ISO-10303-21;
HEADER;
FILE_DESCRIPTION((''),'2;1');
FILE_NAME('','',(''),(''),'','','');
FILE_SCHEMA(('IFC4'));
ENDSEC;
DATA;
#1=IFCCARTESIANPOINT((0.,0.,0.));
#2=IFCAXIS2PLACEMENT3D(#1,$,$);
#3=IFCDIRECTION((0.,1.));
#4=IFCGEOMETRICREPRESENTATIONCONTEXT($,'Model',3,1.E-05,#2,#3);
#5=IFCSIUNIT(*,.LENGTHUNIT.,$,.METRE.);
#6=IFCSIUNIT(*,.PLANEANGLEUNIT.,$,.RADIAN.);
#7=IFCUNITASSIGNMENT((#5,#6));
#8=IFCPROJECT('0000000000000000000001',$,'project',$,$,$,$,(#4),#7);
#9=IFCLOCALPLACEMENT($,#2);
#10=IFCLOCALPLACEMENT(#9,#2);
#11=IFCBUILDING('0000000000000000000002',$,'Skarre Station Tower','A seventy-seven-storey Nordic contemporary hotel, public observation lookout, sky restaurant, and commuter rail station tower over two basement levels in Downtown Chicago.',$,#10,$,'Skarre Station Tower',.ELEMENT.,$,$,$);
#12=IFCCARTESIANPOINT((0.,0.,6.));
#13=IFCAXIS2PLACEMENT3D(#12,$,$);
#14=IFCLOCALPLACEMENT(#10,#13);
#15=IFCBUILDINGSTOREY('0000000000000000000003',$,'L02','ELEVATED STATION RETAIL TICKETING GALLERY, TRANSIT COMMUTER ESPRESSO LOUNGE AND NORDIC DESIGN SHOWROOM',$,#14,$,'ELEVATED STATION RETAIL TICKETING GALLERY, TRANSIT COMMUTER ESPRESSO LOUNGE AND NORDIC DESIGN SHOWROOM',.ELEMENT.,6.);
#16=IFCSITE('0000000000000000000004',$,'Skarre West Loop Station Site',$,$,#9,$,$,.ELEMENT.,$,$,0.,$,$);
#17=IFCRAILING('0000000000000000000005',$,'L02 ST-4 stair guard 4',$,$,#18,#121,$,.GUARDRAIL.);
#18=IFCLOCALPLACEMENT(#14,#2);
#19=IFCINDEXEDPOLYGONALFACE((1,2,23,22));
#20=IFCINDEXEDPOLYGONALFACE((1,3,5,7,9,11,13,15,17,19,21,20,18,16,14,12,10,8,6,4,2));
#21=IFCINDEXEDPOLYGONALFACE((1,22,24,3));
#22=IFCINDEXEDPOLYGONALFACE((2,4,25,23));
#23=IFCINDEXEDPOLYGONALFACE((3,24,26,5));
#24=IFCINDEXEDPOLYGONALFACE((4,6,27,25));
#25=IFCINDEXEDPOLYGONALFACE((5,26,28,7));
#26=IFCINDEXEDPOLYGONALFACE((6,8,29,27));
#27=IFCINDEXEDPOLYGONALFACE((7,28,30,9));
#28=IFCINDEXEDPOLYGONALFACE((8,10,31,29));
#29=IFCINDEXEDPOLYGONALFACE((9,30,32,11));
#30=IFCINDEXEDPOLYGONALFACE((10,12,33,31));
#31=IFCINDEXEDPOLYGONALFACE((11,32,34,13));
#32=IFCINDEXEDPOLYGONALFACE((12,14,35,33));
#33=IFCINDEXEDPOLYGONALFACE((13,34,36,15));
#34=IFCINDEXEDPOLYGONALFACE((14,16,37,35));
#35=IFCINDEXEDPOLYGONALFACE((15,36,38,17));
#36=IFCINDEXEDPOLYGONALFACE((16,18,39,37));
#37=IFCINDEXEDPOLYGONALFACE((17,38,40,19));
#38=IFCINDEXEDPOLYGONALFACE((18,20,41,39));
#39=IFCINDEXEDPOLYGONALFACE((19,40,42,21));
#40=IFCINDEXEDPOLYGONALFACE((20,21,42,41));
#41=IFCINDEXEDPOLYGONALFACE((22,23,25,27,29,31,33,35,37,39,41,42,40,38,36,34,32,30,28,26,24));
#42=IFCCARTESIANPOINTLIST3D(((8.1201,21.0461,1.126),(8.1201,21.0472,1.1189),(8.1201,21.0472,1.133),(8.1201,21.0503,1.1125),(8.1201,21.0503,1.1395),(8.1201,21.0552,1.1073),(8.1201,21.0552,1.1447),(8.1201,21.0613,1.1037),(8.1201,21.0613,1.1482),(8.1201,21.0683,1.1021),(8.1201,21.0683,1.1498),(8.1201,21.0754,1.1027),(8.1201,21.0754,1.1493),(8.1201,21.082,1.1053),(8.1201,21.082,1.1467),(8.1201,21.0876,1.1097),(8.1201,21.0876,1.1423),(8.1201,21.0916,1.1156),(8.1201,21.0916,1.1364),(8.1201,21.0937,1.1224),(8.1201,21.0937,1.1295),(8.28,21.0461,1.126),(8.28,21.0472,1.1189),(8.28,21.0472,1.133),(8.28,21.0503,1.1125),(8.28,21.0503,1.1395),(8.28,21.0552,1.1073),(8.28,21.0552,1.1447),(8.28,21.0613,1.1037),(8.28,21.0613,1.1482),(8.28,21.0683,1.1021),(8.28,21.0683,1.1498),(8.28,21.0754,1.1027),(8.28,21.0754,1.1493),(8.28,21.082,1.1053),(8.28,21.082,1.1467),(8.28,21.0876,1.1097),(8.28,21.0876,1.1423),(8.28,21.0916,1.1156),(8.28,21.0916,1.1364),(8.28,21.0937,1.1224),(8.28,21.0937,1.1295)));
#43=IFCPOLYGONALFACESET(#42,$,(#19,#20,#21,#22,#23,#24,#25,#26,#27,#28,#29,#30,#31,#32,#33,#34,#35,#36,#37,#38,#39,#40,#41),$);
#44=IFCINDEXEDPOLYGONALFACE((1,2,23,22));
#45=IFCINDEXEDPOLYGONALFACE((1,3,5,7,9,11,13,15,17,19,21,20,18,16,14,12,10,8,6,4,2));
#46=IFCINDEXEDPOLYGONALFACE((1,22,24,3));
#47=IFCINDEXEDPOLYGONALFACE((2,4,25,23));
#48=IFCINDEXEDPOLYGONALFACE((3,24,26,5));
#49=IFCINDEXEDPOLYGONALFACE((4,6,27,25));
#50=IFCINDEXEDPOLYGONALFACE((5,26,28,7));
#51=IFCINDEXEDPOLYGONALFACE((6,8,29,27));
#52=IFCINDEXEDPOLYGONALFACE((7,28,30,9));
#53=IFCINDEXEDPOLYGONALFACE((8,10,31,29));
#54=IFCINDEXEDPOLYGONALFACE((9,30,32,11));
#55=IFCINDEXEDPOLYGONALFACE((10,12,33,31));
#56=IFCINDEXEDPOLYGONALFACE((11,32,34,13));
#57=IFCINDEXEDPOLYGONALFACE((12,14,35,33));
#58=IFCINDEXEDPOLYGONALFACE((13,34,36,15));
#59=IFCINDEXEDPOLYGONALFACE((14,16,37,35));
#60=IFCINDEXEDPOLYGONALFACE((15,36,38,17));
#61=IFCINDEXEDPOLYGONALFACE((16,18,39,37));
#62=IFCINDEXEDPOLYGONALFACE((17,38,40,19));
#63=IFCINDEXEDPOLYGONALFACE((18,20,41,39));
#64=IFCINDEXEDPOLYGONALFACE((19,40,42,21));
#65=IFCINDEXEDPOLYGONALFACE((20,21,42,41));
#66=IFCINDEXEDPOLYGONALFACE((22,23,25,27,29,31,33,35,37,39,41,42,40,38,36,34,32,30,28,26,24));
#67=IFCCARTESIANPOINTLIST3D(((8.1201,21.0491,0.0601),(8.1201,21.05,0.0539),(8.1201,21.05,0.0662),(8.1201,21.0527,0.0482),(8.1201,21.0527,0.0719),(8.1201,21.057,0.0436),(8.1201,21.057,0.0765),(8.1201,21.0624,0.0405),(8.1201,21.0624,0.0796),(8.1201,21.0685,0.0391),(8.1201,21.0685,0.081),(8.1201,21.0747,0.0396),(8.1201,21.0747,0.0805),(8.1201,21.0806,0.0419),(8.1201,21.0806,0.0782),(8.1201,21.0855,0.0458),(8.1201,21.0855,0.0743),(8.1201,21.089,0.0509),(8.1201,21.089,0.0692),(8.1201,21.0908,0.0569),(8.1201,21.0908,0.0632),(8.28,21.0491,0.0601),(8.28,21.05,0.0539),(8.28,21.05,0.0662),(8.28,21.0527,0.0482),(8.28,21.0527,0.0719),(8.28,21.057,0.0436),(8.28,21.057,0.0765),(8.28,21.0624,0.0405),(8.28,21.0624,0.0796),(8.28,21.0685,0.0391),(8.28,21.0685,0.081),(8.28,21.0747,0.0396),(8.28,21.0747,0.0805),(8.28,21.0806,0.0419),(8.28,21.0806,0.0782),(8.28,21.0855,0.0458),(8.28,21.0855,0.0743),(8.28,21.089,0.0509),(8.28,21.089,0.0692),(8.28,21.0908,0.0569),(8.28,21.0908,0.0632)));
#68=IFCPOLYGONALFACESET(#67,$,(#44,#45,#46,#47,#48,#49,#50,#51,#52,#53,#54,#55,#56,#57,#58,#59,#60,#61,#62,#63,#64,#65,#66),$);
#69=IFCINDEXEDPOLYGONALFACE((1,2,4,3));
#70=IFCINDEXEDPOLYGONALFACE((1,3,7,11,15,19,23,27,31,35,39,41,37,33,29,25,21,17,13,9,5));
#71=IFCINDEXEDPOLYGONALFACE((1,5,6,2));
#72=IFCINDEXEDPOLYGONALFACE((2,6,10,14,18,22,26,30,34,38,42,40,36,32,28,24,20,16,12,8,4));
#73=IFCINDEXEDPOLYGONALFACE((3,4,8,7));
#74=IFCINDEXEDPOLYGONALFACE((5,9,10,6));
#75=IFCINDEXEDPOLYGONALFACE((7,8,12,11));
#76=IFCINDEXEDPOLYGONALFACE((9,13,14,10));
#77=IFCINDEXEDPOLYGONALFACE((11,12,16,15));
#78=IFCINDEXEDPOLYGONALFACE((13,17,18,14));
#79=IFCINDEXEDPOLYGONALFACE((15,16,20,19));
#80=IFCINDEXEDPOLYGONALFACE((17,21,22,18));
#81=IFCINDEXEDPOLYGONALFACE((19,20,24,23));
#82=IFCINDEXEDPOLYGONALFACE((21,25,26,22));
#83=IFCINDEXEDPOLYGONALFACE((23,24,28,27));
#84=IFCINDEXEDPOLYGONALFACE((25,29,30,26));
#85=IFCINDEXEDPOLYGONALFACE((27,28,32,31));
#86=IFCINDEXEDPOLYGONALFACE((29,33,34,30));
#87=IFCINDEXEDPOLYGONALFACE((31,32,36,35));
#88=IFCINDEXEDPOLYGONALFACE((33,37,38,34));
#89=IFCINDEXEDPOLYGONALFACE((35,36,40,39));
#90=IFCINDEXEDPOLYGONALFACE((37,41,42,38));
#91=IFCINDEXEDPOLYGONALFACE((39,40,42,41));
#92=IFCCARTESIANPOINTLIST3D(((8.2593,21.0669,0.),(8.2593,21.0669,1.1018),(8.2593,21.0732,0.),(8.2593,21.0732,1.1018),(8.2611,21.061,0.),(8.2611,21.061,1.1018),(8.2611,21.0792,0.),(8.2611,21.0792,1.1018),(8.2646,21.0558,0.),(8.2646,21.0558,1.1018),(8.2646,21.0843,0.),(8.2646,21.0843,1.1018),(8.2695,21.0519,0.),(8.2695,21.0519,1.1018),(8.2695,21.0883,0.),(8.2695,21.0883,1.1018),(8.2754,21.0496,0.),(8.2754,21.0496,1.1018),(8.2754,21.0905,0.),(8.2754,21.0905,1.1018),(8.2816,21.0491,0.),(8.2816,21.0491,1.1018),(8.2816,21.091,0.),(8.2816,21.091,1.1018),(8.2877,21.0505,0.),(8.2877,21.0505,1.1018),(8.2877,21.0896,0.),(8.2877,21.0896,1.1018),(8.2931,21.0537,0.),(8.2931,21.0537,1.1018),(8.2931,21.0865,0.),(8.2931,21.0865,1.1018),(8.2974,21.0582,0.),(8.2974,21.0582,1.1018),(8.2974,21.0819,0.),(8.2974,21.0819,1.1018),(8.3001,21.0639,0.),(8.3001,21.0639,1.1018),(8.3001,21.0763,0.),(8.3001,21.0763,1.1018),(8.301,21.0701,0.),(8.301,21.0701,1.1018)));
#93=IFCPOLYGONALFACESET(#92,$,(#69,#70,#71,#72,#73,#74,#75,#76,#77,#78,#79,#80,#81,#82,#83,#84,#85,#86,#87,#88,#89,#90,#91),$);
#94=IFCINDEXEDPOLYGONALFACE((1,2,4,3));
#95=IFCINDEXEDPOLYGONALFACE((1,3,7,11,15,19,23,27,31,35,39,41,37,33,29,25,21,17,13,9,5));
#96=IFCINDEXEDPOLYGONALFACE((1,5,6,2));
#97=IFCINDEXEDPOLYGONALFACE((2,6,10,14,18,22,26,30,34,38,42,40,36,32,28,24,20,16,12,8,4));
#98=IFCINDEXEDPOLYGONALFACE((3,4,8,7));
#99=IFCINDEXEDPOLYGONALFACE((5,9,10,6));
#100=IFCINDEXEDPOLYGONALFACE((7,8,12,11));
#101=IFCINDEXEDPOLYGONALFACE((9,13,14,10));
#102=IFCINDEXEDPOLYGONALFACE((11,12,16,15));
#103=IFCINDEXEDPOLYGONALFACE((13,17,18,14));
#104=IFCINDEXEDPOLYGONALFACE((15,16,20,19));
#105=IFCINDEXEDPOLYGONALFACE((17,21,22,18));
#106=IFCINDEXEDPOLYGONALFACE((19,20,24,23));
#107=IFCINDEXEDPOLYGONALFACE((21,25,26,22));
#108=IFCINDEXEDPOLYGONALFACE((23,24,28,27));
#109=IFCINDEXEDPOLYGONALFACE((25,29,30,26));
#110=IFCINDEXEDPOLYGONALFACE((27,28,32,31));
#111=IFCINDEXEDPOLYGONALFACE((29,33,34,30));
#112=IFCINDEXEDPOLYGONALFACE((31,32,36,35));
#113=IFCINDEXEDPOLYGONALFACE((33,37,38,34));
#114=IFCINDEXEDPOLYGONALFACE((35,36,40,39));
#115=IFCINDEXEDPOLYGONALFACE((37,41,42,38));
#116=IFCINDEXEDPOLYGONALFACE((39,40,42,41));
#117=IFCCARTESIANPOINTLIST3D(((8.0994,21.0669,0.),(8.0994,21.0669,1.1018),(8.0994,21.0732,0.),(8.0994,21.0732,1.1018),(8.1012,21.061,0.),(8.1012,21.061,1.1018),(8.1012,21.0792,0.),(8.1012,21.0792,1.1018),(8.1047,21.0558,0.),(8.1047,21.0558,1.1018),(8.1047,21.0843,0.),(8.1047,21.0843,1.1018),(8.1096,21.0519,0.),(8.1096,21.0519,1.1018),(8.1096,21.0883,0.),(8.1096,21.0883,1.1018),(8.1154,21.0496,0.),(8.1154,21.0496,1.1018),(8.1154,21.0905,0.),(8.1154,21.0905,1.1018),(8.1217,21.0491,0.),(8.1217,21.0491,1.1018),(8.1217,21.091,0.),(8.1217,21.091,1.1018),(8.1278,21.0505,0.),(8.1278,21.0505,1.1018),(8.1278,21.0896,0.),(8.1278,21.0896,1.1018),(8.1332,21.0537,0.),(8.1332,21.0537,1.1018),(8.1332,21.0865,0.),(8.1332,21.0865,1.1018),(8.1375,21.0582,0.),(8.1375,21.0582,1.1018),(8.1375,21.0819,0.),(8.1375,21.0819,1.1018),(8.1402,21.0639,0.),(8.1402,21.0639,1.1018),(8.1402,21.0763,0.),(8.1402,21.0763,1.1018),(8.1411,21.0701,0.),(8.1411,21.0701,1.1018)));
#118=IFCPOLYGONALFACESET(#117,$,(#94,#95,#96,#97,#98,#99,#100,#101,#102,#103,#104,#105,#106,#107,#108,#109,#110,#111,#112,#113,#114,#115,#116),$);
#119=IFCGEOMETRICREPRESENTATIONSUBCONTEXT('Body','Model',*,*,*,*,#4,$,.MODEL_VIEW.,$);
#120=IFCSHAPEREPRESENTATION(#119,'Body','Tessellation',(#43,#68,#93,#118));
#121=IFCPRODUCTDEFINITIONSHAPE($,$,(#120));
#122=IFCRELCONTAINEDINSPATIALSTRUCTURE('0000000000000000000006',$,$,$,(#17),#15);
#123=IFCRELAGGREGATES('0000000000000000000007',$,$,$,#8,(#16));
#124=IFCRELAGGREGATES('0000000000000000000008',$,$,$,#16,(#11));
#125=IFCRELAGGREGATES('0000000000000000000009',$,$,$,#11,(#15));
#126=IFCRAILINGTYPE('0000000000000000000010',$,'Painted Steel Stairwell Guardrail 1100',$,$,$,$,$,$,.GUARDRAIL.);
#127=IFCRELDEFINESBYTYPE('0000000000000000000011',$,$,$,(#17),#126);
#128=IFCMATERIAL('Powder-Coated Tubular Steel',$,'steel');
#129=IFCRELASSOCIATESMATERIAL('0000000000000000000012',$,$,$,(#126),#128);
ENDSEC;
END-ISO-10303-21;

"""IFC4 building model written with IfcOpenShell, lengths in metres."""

from ifc_helpers import new_model, si_unit, direction, frame, origin, origin_2d, place, context, subcontext, project, spatial, circle, extrude, material, type_object, element, save


model = new_model("IFC4")

# Units and contexts
model_context = context("Model", 3, precision=1e-05, world=origin(), true_north=direction((0.0, 1.0)))
body_context = subcontext(model_context, "Body", "Model", "MODEL_VIEW")
ifc_project = project(units=[si_unit("LENGTHUNIT", "METRE"), si_unit("PLANEANGLEUNIT", "RADIAN")], contexts=[model_context])

# Site, building, storey
site_placement = place(None, origin())
site = spatial("IfcSite", under=ifc_project, at=site_placement, Name="Skarre West Loop Station Site", CompositionType="ELEMENT", RefElevation=0.0)
building_placement = place(site_placement, origin())
building = spatial("IfcBuilding", under=site, at=building_placement, Name="Skarre Station Tower", Description="A seventy-seven-storey Nordic contemporary hotel, public observation lookout, sky restaurant, and commuter rail station tower over two basement levels in Downtown Chicago.", LongName="Skarre Station Tower", CompositionType="ELEMENT")
storey_placement = place(building_placement, frame((0.0, 0.0, 6.0)))
storey = spatial("IfcBuildingStorey", under=building, at=storey_placement, Name="L02", Description="ELEVATED STATION RETAIL TICKETING GALLERY, TRANSIT COMMUTER ESPRESSO LOUNGE AND NORDIC DESIGN SHOWROOM", LongName="ELEVATED STATION RETAIL TICKETING GALLERY, TRANSIT COMMUTER ESPRESSO LOUNGE AND NORDIC DESIGN SHOWROOM", CompositionType="ELEMENT", Elevation=6.0)

# Railing
ifc_material_1 = material(Name="Powder-Coated Tubular Steel", Category="steel")
railing_type_1 = type_object("IfcRailingType", Name="Painted Steel Stairwell Guardrail 1100", PredefinedType="GUARDRAIL", material=ifc_material_1)
railing_1_placement = place(storey_placement, frame((8.28, 21.0701, 0.0)))
element("IfcRailing", 1, at=railing_1_placement, inside=storey, type_object=railing_type_1, Name="L02 ST-4 stair guard 4", PredefinedType="GUARDRAIL", context=body_context, shape_type="SweptSolid", body=[
    extrude(circle(Radius=0.0239, at=origin_2d()), frame((0.0, 0.0, 1.126), z_axis=(-1.0, 0.0, 0.0), x_axis=(0.0, -1.0, 0.0)), (0.0, 0.0, 1.0), 0.1599),
    extrude(circle(Radius=0.021, at=origin_2d()), frame((0.0, 0.0, 0.0601), z_axis=(-1.0, 0.0, 0.0), x_axis=(0.0, -1.0, 0.0)), (0.0, 0.0, 1.0), 0.1599),
    extrude(circle(Radius=0.021, at=origin_2d()), origin(), (0.0, 0.0, 1.0), 1.1018),
    extrude(circle(Radius=0.021, at=origin_2d()), frame((-0.1599, 0.0, 0.0)), (0.0, 0.0, 1.0), 1.1018),
])

save(model, "model.ifc")
